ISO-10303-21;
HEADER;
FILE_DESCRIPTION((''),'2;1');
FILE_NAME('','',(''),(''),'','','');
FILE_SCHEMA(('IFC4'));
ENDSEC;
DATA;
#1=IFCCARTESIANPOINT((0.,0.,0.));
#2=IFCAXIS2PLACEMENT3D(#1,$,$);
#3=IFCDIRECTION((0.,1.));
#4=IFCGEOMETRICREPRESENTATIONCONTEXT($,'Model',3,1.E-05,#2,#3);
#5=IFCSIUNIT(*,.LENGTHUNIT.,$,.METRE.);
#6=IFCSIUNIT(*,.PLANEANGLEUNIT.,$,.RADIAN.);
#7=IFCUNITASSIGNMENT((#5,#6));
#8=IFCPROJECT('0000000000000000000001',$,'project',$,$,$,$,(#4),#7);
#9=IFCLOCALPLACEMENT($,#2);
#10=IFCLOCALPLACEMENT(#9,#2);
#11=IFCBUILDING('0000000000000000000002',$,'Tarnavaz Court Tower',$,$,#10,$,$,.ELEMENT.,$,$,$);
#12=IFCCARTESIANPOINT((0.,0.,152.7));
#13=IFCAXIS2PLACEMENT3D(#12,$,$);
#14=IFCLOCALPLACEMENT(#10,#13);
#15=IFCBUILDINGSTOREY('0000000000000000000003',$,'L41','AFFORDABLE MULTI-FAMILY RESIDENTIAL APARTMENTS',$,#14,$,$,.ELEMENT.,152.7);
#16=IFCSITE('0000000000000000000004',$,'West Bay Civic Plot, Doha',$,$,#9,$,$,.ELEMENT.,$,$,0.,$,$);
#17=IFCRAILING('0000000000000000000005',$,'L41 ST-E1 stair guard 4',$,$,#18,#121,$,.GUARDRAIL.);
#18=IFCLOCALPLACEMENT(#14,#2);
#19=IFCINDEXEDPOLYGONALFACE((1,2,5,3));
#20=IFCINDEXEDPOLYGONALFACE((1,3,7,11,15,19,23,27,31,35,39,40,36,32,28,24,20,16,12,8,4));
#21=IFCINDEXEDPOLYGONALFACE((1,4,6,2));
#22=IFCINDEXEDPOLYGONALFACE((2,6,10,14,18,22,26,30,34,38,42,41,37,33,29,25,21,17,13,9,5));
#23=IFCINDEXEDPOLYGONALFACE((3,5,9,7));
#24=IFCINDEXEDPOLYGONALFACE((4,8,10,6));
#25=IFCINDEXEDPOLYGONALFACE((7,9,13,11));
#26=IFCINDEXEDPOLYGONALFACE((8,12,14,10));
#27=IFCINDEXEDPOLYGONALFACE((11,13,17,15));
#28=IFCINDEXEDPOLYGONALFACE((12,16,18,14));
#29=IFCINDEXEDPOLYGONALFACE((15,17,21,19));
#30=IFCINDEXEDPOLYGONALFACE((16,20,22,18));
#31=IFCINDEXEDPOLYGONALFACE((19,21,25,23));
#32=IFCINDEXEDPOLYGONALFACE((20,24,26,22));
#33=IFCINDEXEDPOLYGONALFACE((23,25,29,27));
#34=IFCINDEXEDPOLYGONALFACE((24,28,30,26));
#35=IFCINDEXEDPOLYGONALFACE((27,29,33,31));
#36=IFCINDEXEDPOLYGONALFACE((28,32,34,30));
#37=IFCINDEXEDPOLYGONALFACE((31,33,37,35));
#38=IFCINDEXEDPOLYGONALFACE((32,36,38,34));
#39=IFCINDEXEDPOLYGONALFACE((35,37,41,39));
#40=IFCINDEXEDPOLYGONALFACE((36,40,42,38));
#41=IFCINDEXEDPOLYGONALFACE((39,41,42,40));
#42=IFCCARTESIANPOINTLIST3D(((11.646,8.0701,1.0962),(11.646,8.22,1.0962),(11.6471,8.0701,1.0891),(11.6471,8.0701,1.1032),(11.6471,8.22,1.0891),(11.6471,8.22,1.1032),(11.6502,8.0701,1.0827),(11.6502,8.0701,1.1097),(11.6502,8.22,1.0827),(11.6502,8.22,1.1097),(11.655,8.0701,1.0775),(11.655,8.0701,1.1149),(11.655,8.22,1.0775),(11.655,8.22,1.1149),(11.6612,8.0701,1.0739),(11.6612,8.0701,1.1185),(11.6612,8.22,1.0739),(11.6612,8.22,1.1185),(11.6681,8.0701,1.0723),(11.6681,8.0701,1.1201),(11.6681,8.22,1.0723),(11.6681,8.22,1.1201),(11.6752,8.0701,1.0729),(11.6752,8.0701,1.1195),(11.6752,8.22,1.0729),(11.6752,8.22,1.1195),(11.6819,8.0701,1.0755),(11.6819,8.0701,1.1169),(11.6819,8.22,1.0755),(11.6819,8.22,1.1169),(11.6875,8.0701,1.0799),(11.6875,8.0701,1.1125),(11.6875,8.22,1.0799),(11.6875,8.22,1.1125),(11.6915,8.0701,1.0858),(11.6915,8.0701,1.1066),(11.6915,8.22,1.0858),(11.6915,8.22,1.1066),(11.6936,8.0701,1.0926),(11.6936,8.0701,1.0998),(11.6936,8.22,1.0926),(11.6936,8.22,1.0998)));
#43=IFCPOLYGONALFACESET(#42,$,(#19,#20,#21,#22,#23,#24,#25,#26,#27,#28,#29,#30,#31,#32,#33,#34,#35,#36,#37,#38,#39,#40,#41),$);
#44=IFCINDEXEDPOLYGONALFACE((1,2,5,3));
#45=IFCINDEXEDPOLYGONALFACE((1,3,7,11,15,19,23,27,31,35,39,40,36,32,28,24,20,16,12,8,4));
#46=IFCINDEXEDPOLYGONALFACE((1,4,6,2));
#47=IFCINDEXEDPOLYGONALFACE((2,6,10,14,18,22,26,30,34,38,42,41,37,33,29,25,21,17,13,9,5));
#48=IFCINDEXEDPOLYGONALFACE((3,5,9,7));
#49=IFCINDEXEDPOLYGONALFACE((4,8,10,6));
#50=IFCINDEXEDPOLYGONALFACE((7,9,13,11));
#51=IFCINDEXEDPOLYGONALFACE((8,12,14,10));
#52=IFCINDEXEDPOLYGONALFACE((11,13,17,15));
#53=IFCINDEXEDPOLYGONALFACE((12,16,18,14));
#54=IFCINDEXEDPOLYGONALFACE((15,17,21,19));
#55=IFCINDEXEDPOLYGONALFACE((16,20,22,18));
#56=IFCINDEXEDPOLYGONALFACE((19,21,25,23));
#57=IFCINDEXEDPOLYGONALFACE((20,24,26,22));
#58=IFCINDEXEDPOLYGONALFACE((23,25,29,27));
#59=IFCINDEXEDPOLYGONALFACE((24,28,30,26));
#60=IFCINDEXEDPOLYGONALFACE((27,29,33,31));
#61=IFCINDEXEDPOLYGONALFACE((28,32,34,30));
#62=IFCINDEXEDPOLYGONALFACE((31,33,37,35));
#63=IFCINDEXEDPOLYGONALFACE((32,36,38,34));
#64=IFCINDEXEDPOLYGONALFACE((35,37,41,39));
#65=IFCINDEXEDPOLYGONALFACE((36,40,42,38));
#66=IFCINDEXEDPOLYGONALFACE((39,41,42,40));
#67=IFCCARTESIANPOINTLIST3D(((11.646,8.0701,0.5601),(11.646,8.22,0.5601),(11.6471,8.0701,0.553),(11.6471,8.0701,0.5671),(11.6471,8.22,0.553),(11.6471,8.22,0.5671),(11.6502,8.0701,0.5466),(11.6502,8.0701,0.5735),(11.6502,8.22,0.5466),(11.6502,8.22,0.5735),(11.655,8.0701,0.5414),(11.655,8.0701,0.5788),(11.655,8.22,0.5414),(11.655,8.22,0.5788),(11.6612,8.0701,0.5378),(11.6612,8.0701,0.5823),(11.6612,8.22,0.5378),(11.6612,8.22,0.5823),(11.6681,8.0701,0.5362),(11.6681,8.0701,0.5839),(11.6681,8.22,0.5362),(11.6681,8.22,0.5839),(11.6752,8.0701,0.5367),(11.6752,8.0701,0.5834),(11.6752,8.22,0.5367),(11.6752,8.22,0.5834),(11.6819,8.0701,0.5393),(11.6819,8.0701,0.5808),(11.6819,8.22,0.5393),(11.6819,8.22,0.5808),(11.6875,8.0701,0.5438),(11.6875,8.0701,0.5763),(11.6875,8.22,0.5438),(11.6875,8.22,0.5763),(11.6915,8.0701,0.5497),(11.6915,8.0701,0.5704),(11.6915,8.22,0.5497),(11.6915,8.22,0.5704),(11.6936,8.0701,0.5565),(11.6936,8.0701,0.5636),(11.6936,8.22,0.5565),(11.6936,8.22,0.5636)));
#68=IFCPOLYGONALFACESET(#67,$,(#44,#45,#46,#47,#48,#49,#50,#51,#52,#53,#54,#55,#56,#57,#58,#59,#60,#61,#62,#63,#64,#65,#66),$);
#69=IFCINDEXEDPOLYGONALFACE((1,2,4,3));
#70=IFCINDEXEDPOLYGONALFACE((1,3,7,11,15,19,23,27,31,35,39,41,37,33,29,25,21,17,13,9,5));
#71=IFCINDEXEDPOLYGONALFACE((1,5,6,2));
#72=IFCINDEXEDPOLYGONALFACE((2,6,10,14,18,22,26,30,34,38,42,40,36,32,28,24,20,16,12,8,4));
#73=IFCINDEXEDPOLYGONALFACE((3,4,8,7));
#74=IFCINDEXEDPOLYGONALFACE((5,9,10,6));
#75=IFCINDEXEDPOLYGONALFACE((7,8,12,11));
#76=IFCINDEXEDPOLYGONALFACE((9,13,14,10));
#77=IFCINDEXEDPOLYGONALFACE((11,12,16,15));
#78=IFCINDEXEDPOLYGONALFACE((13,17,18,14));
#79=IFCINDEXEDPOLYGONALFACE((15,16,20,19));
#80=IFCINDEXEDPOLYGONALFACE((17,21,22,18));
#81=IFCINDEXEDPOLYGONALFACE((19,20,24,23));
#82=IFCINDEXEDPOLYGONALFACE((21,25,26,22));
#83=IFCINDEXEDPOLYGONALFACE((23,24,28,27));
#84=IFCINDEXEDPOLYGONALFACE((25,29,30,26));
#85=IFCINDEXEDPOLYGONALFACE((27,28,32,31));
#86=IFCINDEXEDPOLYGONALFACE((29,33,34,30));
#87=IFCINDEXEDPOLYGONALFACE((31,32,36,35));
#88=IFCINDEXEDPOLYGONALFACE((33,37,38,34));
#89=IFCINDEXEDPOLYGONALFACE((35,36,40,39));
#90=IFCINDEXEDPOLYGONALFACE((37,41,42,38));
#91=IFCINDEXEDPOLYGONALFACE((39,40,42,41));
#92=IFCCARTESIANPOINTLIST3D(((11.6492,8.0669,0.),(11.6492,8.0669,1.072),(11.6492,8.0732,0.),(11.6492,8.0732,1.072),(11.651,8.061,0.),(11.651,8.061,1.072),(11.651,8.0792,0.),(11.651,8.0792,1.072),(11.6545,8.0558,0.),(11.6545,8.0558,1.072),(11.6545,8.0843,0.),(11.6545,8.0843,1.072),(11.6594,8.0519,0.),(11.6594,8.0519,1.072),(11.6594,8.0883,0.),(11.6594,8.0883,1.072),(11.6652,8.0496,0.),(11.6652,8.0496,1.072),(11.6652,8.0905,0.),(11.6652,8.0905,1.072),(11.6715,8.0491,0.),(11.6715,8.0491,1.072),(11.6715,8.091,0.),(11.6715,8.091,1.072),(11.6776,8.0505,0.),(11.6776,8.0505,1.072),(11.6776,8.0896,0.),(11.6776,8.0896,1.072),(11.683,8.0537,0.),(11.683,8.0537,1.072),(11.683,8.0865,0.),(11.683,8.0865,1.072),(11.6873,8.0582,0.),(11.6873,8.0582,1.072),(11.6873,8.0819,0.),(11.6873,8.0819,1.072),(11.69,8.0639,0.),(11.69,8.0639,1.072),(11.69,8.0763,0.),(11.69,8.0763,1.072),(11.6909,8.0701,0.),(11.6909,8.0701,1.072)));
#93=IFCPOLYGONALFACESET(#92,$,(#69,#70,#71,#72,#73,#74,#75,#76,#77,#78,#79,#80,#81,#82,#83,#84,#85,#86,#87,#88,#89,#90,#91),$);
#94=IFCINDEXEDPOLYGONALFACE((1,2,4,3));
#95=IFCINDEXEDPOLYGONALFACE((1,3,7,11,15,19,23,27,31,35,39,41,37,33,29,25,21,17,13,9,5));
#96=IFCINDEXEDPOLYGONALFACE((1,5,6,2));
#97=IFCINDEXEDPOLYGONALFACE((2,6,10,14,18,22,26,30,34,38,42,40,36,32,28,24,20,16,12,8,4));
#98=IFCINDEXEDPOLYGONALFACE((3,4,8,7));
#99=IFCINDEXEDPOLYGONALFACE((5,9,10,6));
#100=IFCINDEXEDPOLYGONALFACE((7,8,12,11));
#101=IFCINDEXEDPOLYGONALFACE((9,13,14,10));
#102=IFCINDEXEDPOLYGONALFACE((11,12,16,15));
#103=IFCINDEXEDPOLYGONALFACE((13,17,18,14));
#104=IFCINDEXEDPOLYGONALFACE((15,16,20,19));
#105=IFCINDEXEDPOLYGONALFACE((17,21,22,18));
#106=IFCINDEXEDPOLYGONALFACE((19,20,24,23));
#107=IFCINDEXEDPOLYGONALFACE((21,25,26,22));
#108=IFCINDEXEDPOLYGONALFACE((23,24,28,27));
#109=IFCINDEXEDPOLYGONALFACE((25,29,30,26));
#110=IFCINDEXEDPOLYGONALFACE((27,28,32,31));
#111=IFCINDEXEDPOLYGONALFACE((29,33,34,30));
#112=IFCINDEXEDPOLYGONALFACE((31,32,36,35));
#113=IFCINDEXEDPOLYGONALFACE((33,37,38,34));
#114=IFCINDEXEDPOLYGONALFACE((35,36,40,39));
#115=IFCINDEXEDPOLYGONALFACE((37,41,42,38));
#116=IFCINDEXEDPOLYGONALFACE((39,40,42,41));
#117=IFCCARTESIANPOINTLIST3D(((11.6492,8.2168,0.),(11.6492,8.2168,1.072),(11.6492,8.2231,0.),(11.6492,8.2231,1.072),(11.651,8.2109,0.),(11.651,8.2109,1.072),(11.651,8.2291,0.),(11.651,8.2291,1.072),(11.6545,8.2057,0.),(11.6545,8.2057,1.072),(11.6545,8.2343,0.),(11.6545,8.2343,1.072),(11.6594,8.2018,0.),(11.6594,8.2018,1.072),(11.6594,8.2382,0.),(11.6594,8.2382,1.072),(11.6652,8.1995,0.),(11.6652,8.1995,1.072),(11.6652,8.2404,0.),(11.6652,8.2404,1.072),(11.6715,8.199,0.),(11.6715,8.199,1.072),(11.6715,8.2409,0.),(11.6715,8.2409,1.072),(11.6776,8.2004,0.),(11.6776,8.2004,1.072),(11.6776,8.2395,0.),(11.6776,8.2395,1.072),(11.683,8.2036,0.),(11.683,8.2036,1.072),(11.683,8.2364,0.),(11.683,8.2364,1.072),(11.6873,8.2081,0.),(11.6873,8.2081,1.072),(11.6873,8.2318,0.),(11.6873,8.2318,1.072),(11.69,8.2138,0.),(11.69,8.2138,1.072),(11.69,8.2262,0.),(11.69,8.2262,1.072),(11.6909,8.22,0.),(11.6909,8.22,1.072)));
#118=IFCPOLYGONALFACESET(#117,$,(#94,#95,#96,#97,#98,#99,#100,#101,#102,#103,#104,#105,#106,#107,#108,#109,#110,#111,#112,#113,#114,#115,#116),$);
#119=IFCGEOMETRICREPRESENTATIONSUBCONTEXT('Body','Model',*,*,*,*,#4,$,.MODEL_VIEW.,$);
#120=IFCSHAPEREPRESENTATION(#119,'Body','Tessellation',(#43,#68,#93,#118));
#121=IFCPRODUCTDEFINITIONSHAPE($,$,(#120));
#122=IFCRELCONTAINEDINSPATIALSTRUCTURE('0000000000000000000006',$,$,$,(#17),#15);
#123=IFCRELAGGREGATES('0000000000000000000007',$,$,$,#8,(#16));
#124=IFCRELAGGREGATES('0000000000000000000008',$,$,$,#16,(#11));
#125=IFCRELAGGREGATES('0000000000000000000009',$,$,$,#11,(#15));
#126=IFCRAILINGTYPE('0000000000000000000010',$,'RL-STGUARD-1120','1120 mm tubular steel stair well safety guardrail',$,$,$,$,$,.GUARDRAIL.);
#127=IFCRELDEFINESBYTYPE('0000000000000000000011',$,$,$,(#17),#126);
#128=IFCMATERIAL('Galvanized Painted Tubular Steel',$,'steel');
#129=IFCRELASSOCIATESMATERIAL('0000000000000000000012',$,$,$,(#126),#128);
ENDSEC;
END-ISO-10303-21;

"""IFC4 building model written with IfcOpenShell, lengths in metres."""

from ifc_helpers import new_model, si_unit, direction, frame, origin, origin_2d, place, context, subcontext, project, spatial, circle, extrude, material, type_object, element, save


model = new_model("IFC4")

# Units and contexts
model_context = context("Model", 3, precision=1e-05, world=origin(), true_north=direction((0.0, 1.0)))
body_context = subcontext(model_context, "Body", "Model", "MODEL_VIEW")
ifc_project = project(units=[si_unit("LENGTHUNIT", "METRE"), si_unit("PLANEANGLEUNIT", "RADIAN")], contexts=[model_context])

# Site, building, storey
site_placement = place(None, origin())
site = spatial("IfcSite", under=ifc_project, at=site_placement, Name="West Bay Civic Plot, Doha", CompositionType="ELEMENT", RefElevation=0.0)
building_placement = place(site_placement, origin())
building = spatial("IfcBuilding", under=site, at=building_placement, Name="Tarnavaz Court Tower", CompositionType="ELEMENT")
storey_placement = place(building_placement, frame((0.0, 0.0, 152.7)))
storey = spatial("IfcBuildingStorey", under=building, at=storey_placement, Name="L41", Description="AFFORDABLE MULTI-FAMILY RESIDENTIAL APARTMENTS", CompositionType="ELEMENT", Elevation=152.7)

# Railing
ifc_material_1 = material(Name="Galvanized Painted Tubular Steel", Category="steel")
railing_type_1 = type_object("IfcRailingType", Name="RL-STGUARD-1120", Description="1120 mm tubular steel stair well safety guardrail", PredefinedType="GUARDRAIL", material=ifc_material_1)
railing_1_placement = place(storey_placement, frame((11.6699, 8.0701, 0.0)))
element("IfcRailing", 1, at=railing_1_placement, inside=storey, type_object=railing_type_1, Name="L41 ST-E1 stair guard 4", PredefinedType="GUARDRAIL", context=body_context, shape_type="SweptSolid", body=[
    extrude(circle(Radius=0.0239, at=origin_2d()), frame((0.0, 0.0, 1.0962), z_axis=(0.0, 1.0, 0.0), x_axis=(-1.0, 0.0, 0.0)), (0.0, 0.0, 1.0), 0.1499),
    extrude(circle(Radius=0.0239, at=origin_2d()), frame((0.0, 0.0, 0.5601), z_axis=(0.0, 1.0, 0.0), x_axis=(-1.0, 0.0, 0.0)), (0.0, 0.0, 1.0), 0.1499),
    extrude(circle(Radius=0.021, at=origin_2d()), origin(), (0.0, 0.0, 1.0), 1.072),
    extrude(circle(Radius=0.021, at=origin_2d()), frame((0.0, 0.1499, 0.0)), (0.0, 0.0, 1.0), 1.072),
])

save(model, "model.ifc")
